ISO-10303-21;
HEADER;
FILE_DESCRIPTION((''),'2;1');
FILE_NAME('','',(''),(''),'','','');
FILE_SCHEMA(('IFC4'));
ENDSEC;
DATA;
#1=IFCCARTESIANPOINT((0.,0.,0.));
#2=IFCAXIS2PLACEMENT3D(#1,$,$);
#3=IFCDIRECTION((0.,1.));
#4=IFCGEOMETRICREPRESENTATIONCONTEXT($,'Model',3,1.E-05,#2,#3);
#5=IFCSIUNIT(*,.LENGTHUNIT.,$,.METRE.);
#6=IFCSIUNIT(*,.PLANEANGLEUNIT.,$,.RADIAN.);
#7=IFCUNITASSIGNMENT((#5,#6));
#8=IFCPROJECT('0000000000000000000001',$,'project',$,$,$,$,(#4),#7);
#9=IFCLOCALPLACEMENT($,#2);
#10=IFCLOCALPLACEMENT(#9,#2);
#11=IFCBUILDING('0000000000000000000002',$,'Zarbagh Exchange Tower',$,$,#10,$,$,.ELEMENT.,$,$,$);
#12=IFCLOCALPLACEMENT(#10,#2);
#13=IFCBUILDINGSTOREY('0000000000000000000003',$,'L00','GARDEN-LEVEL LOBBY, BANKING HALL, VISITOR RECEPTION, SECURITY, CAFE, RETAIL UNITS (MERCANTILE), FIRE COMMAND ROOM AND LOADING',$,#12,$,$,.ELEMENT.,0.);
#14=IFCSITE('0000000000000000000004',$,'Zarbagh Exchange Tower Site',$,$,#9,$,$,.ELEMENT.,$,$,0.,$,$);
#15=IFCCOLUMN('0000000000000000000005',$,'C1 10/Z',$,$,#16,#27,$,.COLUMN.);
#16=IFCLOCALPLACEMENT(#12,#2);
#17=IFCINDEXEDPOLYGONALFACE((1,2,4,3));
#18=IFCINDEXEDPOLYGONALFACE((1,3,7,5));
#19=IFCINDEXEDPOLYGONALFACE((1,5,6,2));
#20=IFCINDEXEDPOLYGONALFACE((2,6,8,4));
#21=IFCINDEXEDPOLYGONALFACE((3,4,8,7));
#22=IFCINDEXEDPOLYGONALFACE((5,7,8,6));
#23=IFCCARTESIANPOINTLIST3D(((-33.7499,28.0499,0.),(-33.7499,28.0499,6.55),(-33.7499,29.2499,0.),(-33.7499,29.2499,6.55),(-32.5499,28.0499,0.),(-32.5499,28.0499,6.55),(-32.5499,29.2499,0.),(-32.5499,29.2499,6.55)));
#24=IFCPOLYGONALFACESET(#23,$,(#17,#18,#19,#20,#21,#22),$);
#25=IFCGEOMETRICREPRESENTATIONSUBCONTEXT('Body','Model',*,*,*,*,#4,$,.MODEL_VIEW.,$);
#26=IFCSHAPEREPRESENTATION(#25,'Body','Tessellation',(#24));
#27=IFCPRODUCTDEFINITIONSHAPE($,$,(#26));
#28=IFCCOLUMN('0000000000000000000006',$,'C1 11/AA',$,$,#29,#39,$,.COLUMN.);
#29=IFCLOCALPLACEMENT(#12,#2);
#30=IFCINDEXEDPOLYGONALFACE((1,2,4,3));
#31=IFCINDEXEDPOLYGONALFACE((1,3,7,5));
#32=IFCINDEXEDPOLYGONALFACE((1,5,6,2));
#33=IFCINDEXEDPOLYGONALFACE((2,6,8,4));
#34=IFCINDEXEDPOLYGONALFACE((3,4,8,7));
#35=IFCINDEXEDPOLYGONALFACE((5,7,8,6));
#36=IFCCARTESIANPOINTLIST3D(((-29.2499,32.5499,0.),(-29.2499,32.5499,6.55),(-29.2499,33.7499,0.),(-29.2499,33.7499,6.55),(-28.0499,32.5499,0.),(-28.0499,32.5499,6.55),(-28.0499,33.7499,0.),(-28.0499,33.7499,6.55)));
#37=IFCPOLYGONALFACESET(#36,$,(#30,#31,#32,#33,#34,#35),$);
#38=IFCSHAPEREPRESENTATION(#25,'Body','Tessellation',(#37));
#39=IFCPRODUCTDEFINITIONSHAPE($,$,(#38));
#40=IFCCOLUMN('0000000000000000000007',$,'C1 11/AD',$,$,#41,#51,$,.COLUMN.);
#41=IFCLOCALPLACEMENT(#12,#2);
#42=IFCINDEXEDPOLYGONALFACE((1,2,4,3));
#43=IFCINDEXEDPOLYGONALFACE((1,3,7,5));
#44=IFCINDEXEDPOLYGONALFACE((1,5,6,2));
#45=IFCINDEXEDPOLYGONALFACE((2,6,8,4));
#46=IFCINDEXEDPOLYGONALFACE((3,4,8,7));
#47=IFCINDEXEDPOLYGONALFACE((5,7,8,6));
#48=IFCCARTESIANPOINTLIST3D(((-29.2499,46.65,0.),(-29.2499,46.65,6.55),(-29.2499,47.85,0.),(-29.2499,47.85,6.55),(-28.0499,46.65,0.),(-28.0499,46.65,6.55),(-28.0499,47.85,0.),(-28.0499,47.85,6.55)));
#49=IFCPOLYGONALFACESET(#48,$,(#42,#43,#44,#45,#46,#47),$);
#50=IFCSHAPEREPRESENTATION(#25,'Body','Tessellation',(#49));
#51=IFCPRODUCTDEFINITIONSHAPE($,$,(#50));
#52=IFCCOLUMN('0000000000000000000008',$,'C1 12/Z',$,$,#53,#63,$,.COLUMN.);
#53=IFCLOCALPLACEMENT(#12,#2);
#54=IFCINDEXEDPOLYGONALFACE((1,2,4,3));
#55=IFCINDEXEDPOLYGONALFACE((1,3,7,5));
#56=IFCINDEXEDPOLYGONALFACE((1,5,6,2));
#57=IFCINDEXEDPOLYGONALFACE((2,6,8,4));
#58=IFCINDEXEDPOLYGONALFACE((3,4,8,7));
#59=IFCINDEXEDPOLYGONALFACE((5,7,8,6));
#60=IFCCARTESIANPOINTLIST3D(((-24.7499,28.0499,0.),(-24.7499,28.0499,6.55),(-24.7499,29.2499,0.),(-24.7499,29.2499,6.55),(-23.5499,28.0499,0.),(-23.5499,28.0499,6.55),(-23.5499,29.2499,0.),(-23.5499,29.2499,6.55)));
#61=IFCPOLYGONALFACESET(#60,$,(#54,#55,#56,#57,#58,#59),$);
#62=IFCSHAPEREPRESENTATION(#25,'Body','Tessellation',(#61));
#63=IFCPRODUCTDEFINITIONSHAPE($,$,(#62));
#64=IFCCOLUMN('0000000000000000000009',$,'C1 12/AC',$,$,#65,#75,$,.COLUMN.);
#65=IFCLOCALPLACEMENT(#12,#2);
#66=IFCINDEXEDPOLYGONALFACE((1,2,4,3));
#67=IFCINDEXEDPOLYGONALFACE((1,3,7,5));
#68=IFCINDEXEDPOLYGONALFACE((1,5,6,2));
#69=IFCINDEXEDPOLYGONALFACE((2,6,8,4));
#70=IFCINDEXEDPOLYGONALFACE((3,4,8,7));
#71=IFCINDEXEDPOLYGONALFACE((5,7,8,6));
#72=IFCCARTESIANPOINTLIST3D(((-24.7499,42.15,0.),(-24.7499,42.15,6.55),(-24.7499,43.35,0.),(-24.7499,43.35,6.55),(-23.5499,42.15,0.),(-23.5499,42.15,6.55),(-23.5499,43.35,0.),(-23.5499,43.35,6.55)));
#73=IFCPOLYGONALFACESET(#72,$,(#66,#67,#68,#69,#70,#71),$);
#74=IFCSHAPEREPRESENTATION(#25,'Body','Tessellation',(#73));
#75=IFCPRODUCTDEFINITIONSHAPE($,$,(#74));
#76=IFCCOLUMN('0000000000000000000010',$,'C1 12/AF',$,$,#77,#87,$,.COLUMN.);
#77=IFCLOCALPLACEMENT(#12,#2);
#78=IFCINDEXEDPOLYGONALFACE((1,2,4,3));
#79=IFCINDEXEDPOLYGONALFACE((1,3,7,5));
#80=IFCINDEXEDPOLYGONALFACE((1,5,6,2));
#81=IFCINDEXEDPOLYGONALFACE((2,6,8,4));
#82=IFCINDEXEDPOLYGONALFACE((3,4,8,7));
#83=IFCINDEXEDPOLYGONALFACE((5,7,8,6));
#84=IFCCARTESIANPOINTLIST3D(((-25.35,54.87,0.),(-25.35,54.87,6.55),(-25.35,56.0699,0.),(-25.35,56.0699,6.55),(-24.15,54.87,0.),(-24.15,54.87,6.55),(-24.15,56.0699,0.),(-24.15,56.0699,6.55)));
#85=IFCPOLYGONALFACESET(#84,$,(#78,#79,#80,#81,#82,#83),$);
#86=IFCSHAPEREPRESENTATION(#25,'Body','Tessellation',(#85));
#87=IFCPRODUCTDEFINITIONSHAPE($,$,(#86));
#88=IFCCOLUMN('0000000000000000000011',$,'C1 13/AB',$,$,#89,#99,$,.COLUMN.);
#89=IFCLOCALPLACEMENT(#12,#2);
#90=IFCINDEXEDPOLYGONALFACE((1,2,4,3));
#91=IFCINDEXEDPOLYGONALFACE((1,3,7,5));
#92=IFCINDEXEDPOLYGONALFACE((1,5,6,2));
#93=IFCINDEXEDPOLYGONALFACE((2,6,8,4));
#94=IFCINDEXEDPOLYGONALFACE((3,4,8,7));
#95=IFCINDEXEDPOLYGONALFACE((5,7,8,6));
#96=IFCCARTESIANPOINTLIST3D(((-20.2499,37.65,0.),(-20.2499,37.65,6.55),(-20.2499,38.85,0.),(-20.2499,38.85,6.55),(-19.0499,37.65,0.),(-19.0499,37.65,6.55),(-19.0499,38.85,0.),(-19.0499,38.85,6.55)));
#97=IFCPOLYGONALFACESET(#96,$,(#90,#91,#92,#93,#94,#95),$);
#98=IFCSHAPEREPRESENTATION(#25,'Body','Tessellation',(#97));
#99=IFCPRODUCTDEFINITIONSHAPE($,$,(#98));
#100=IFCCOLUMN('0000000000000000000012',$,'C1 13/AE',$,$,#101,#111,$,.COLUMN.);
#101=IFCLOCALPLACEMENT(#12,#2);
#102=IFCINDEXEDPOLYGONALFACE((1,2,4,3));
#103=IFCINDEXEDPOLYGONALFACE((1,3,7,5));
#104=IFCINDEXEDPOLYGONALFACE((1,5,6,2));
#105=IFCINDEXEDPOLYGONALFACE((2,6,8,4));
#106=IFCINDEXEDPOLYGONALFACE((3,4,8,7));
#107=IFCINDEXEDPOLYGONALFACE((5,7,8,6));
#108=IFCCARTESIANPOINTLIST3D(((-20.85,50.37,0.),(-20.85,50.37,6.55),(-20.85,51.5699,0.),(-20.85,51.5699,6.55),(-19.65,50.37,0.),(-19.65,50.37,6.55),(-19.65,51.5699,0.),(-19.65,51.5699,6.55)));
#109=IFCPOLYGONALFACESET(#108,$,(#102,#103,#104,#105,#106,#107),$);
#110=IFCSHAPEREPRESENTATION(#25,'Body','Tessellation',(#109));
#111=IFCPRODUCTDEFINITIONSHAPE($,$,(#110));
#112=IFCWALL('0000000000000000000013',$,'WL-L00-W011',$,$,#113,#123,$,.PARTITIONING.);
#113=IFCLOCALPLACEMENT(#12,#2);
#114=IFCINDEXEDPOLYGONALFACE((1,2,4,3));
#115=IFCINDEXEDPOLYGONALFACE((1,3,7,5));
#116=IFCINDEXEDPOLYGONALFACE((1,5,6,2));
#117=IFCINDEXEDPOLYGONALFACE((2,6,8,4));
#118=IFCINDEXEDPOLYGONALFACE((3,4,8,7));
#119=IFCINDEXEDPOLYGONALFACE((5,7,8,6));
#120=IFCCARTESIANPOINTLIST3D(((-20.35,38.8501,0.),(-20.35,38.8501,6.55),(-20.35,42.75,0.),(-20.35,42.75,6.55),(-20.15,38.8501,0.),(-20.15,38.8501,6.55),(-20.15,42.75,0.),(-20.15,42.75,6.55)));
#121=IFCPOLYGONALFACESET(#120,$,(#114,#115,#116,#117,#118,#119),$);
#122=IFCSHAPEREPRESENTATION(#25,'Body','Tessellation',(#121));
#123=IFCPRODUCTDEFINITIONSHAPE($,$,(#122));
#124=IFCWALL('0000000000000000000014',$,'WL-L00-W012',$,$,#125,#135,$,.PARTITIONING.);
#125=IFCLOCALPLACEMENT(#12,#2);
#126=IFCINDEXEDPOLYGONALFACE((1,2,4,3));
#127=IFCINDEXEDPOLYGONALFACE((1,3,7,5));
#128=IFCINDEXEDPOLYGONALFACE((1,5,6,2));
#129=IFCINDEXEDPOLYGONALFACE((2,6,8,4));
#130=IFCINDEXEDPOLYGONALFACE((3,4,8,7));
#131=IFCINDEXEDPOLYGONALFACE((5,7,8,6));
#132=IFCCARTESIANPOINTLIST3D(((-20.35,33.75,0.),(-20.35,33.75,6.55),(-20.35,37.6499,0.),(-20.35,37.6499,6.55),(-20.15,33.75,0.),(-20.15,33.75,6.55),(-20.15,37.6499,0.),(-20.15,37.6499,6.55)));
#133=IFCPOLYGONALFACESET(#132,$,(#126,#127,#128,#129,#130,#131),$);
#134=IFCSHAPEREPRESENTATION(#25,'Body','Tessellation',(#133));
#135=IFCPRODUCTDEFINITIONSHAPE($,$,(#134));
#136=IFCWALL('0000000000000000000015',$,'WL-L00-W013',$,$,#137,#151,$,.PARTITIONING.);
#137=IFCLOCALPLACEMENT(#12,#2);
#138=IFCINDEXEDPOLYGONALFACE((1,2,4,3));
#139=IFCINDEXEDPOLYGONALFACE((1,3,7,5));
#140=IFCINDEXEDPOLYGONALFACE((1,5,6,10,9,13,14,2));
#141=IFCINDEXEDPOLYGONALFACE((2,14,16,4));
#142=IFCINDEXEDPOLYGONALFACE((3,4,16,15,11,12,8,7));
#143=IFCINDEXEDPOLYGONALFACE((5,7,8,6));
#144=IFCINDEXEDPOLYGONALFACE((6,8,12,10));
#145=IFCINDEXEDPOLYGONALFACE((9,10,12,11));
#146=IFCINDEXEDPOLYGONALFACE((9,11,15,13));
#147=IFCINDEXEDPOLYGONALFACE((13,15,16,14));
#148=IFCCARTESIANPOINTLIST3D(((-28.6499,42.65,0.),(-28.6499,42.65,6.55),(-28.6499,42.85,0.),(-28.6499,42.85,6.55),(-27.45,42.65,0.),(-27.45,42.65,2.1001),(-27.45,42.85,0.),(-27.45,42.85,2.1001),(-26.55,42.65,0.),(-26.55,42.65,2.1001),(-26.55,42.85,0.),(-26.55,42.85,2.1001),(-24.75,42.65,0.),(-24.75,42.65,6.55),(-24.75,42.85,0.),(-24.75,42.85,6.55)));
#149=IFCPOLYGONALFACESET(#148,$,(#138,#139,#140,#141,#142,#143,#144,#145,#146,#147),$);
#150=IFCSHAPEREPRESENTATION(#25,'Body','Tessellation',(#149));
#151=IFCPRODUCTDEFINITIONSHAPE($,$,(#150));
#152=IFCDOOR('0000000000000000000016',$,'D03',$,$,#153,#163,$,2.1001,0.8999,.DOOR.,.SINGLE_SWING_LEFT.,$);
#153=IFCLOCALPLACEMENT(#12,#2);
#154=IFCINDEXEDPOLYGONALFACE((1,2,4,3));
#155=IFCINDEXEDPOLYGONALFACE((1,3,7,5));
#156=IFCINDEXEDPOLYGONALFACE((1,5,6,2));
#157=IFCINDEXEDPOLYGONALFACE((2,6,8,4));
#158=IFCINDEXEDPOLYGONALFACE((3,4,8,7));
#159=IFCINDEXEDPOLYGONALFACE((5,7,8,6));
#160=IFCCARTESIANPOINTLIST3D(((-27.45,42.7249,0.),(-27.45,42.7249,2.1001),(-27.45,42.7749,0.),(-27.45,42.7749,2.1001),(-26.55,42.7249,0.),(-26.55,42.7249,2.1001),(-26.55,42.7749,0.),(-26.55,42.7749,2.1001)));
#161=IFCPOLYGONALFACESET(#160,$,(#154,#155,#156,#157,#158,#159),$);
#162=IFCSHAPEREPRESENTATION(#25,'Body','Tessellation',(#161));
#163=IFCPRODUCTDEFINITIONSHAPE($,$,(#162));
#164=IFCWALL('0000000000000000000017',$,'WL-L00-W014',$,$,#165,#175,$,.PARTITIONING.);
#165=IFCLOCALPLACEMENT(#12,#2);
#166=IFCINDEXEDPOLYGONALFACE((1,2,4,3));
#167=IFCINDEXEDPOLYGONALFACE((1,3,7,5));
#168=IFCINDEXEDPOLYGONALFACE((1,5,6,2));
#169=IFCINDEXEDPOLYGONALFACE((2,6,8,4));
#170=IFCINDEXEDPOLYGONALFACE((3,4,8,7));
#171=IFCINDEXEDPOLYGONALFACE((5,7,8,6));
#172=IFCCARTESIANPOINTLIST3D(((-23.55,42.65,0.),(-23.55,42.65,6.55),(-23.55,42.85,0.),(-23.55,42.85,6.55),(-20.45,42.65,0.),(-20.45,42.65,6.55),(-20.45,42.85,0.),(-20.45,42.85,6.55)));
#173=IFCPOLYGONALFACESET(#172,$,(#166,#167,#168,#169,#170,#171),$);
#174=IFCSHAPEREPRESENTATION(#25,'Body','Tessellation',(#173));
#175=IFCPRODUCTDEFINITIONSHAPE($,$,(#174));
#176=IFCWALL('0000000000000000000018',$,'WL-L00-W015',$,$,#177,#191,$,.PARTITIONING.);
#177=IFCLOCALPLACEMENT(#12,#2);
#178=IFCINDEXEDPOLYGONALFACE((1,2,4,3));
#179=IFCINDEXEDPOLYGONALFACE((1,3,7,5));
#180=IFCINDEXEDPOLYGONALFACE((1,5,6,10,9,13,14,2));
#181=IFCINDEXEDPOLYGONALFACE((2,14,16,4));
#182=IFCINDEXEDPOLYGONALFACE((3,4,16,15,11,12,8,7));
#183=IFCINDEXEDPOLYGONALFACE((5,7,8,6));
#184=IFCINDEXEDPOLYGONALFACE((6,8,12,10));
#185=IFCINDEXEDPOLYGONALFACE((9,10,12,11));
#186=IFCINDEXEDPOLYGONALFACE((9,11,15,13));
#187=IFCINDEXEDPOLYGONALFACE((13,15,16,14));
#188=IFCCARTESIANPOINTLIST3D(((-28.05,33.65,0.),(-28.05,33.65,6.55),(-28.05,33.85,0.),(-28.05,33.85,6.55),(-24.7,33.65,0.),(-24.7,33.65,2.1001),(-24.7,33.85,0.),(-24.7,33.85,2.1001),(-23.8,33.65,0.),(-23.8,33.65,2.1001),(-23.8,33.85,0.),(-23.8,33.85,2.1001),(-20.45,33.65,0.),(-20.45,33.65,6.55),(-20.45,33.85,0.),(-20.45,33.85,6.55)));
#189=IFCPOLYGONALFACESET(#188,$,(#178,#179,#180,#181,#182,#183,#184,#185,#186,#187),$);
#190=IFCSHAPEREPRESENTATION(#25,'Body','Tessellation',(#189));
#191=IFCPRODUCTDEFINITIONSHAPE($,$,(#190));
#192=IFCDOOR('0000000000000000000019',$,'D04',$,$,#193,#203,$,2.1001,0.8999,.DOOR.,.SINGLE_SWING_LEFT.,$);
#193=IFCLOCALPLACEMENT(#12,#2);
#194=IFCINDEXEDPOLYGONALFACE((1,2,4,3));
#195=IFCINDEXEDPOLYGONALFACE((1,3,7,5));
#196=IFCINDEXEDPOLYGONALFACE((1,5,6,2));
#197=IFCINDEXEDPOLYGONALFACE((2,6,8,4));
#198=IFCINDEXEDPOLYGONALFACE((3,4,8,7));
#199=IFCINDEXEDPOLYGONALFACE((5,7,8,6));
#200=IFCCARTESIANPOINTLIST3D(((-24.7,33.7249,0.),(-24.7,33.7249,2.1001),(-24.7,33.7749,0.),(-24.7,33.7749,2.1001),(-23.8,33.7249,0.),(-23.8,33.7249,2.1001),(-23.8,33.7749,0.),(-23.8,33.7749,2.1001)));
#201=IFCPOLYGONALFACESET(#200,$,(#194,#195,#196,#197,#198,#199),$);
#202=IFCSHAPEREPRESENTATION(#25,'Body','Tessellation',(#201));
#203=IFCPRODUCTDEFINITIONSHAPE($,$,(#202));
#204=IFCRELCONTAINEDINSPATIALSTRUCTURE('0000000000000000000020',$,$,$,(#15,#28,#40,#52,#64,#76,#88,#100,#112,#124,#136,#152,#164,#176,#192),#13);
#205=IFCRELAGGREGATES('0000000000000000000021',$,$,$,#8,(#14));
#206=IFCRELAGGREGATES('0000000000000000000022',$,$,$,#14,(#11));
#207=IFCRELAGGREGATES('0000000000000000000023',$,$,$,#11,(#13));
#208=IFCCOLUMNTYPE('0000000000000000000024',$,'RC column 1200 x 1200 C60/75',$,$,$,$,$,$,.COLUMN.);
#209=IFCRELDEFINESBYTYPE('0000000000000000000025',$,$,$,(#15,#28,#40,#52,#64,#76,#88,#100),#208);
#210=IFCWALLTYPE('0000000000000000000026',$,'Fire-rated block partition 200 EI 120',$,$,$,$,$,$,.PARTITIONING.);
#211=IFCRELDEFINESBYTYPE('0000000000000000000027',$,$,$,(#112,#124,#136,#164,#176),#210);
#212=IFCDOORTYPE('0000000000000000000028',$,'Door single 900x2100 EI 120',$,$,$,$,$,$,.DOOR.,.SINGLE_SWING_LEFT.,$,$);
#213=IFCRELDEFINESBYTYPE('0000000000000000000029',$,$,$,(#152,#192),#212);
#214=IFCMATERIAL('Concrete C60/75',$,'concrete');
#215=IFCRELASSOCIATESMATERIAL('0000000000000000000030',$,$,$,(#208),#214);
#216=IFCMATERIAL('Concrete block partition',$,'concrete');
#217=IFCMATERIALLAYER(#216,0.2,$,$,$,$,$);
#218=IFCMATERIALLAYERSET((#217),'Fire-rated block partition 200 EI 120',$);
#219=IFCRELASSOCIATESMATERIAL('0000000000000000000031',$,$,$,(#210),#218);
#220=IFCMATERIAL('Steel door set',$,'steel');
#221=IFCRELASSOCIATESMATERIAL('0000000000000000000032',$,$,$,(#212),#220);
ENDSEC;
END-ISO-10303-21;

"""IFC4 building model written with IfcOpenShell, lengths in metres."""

from ifc_helpers import new_model, si_unit, direction, frame, frame_2d, origin, origin_2d, place, context, subcontext, project, spatial, rectangle, extrude, material, layer, layer_set, material_profile, profile_set, type_object, element, fill, save


model = new_model("IFC4")

# Units and contexts
model_context = context("Model", 3, precision=1e-05, world=origin(), true_north=direction((0.0, 1.0)))
body_context = subcontext(model_context, "Body", "Model", "MODEL_VIEW")
ifc_project = project(units=[si_unit("LENGTHUNIT", "METRE"), si_unit("PLANEANGLEUNIT", "RADIAN")], contexts=[model_context])

# Site, building, storey
site_placement = place(None, origin())
site = spatial("IfcSite", under=ifc_project, at=site_placement, Name="Zarbagh Exchange Tower Site", CompositionType="ELEMENT", RefElevation=0.0)
building_placement = place(site_placement, origin())
building = spatial("IfcBuilding", under=site, at=building_placement, Name="Zarbagh Exchange Tower", CompositionType="ELEMENT")
storey_placement = place(building_placement, origin())
storey = spatial("IfcBuildingStorey", under=building, at=storey_placement, Name="L00", Description="GARDEN-LEVEL LOBBY, BANKING HALL, VISITOR RECEPTION, SECURITY, CAFE, RETAIL UNITS (MERCANTILE), FIRE COMMAND ROOM AND LOADING", CompositionType="ELEMENT", Elevation=0.0)

# Columns
ifc_material_1 = material(Name="Concrete C60/75", Category="concrete")
ifc_material_profile = material_profile(ifc_material_1, rectangle(XDim=1.2, YDim=1.2, at=origin_2d()), Name="RC column 1200 x 1200 C60/75")
ifc_profile_set = profile_set([ifc_material_profile], Name="Concrete C60/75")
column_type = type_object("IfcColumnType", Name="RC column 1200 x 1200 C60/75", PredefinedType="COLUMN", material=ifc_profile_set)
for number, where, z_axis, x_axis, name in (
    (1, (-33.1499, 28.6499, 0.0), (0.0, 0.0, 1.0), (1.0, 0.0, 0.0), "C1 10/Z"),
    (2, (-28.6499, 33.1499, 0.0), (0.0, 0.0, 1.0), (1.0, 0.0, 0.0), "C1 11/AA"),
    (3, (-28.6499, 47.25, 0.0), (0.0, 0.0, 1.0), (1.0, 0.0, 0.0), "C1 11/AD"),
    (4, (-24.1499, 28.6499, 0.0), (0.0, 0.0, 1.0), (1.0, 0.0, 0.0), "C1 12/Z"),
    (5, (-24.1499, 42.75, 0.0), (0.0, 0.0, 1.0), (1.0, 0.0, 0.0), "C1 12/AC"),
    (6, (-24.75, 55.47, 0.0), (0.0, 0.0, 1.0), (1.0, 0.0, 0.0), "C1 12/AF"),
    (7, (-19.6499, 38.25, 0.0), (0.0, 0.0, 1.0), (1.0, 0.0, 0.0), "C1 13/AB"),
    (8, (-20.25, 50.97, 0.0), (0.0, 0.0, 1.0), (1.0, 0.0, 0.0), "C1 13/AE"),
):
    element("IfcColumn", number, at=place(storey_placement, frame(where, z_axis=z_axis, x_axis=x_axis)), inside=storey, type_object=column_type, Name=name, PredefinedType="COLUMN", context=body_context, shape_type="SweptSolid", body=[
        extrude(rectangle(XDim=1.2, YDim=1.2, at=origin_2d()), origin(), (0.0, 0.0, 1.0), 6.55),
    ])

# Walls
ifc_material_2 = material(Name="Concrete block partition", Category="concrete")
ifc_layer_1 = layer(ifc_material_2, 0.2)
ifc_layer_set_1 = layer_set([ifc_layer_1], Name="Fire-rated block partition 200 EI 120")
wall_type_1 = type_object("IfcWallType", Name="Fire-rated block partition 200 EI 120", PredefinedType="PARTITIONING", material=ifc_layer_set_1)
for number, where, z_axis, x_axis, name in (
    (9, (-20.25, 42.75, 0.0), (0.0, 0.0, 1.0), (0.0, -1.0, 0.0), "WL-L00-W011"),
    (10, (-20.25, 37.6499, 0.0), (0.0, 0.0, 1.0), (0.0, -1.0, 0.0), "WL-L00-W012"),
):
    element("IfcWall", number, at=place(storey_placement, frame(where, z_axis=z_axis, x_axis=x_axis)), inside=storey, type_object=wall_type_1, Name=name, PredefinedType="PARTITIONING", context=body_context, shape_type="SweptSolid", body=[
        extrude(rectangle(XDim=3.8999, YDim=0.2, at=frame_2d((1.95, 0.0))), origin(), (0.0, 0.0, 1.0), 6.55),
    ])

# Wall, opening, door
wall_1_placement = place(storey_placement, frame((-28.6499, 42.75, 0.0), z_axis=(0.0, 0.0, 1.0), x_axis=(1.0, 0.0, 0.0)))
wall_1 = element("IfcWall", 11, at=wall_1_placement, inside=storey, type_object=wall_type_1, Name="WL-L00-W013", PredefinedType="PARTITIONING", context=body_context, shape_type="SweptSolid", body=[
    extrude(rectangle(XDim=3.8999, YDim=0.2, at=frame_2d((1.95, 0.0))), origin(), (0.0, 0.0, 1.0), 6.55),
])
opening_1_placement = place(wall_1_placement, frame((1.2, 0.0, 0.0)))
opening_1 = element("IfcOpeningElement", 12, at=opening_1_placement, cuts=wall_1, PredefinedType="OPENING", context=body_context, shape_type="SweptSolid", body=[
    extrude(rectangle(XDim=0.8999, YDim=2.1001, at=frame_2d((0.45, 1.05))), frame((0.0, 0.1099, 0.0), z_axis=(0.0, -1.0, 0.0), x_axis=(1.0, 0.0, 0.0)), (0.0, 0.0, 1.0), 0.22),
])
ifc_material_3 = material(Name="Steel door set", Category="steel")
door_type_1 = type_object("IfcDoorType", Name="Door single 900x2100 EI 120", OperationType="SINGLE_SWING_LEFT", PredefinedType="DOOR", material=ifc_material_3)
door_1_placement = place(opening_1_placement, origin())
door_1 = element("IfcDoor", 13, at=door_1_placement, inside=storey, type_object=door_type_1, Name="D03", OperationType="SINGLE_SWING_LEFT", OverallHeight=2.1001, OverallWidth=0.8999, PredefinedType="DOOR", context=body_context, shape_type="SweptSolid", body=[
    extrude(rectangle(XDim=0.8999, YDim=2.1001, at=frame_2d((0.45, 1.05))), frame((0.0, 0.0249, 0.0), z_axis=(0.0, -1.0, 0.0), x_axis=(1.0, 0.0, 0.0)), (0.0, 0.0, 1.0), 0.05),
])
fill(opening_1, door_1)

# Wall
wall_2_placement = place(storey_placement, frame((-23.55, 42.75, 0.0), z_axis=(0.0, 0.0, 1.0), x_axis=(1.0, 0.0, 0.0)))
element("IfcWall", 14, at=wall_2_placement, inside=storey, type_object=wall_type_1, Name="WL-L00-W014", PredefinedType="PARTITIONING", context=body_context, shape_type="SweptSolid", body=[
    extrude(rectangle(XDim=3.1001, YDim=0.2, at=frame_2d((1.55, 0.0))), origin(), (0.0, 0.0, 1.0), 6.55),
])

# Wall, opening, door
wall_3_placement = place(storey_placement, frame((-28.05, 33.75, 0.0), z_axis=(0.0, 0.0, 1.0), x_axis=(1.0, 0.0, 0.0)))
wall_3 = element("IfcWall", 15, at=wall_3_placement, inside=storey, type_object=wall_type_1, Name="WL-L00-W015", PredefinedType="PARTITIONING", context=body_context, shape_type="SweptSolid", body=[
    extrude(rectangle(XDim=7.6001, YDim=0.2, at=frame_2d((3.8, 0.0))), origin(), (0.0, 0.0, 1.0), 6.55),
])
opening_2_placement = place(wall_3_placement, frame((3.3501, 0.0, 0.0)))
opening_2 = element("IfcOpeningElement", 16, at=opening_2_placement, cuts=wall_3, PredefinedType="OPENING", context=body_context, shape_type="SweptSolid", body=[
    extrude(rectangle(XDim=0.8999, YDim=2.1001, at=frame_2d((0.45, 1.05))), frame((0.0, 0.1099, 0.0), z_axis=(0.0, -1.0, 0.0), x_axis=(1.0, 0.0, 0.0)), (0.0, 0.0, 1.0), 0.22),
])
door_2_placement = place(opening_2_placement, origin())
door_2 = element("IfcDoor", 17, at=door_2_placement, inside=storey, type_object=door_type_1, Name="D04", OperationType="SINGLE_SWING_LEFT", OverallHeight=2.1001, OverallWidth=0.8999, PredefinedType="DOOR", context=body_context, shape_type="SweptSolid", body=[
    extrude(rectangle(XDim=0.8999, YDim=2.1001, at=frame_2d((0.45, 1.05))), frame((0.0, 0.0249, 0.0), z_axis=(0.0, -1.0, 0.0), x_axis=(1.0, 0.0, 0.0)), (0.0, 0.0, 1.0), 0.05),
])
fill(opening_2, door_2)

save(model, "model.ifc")
